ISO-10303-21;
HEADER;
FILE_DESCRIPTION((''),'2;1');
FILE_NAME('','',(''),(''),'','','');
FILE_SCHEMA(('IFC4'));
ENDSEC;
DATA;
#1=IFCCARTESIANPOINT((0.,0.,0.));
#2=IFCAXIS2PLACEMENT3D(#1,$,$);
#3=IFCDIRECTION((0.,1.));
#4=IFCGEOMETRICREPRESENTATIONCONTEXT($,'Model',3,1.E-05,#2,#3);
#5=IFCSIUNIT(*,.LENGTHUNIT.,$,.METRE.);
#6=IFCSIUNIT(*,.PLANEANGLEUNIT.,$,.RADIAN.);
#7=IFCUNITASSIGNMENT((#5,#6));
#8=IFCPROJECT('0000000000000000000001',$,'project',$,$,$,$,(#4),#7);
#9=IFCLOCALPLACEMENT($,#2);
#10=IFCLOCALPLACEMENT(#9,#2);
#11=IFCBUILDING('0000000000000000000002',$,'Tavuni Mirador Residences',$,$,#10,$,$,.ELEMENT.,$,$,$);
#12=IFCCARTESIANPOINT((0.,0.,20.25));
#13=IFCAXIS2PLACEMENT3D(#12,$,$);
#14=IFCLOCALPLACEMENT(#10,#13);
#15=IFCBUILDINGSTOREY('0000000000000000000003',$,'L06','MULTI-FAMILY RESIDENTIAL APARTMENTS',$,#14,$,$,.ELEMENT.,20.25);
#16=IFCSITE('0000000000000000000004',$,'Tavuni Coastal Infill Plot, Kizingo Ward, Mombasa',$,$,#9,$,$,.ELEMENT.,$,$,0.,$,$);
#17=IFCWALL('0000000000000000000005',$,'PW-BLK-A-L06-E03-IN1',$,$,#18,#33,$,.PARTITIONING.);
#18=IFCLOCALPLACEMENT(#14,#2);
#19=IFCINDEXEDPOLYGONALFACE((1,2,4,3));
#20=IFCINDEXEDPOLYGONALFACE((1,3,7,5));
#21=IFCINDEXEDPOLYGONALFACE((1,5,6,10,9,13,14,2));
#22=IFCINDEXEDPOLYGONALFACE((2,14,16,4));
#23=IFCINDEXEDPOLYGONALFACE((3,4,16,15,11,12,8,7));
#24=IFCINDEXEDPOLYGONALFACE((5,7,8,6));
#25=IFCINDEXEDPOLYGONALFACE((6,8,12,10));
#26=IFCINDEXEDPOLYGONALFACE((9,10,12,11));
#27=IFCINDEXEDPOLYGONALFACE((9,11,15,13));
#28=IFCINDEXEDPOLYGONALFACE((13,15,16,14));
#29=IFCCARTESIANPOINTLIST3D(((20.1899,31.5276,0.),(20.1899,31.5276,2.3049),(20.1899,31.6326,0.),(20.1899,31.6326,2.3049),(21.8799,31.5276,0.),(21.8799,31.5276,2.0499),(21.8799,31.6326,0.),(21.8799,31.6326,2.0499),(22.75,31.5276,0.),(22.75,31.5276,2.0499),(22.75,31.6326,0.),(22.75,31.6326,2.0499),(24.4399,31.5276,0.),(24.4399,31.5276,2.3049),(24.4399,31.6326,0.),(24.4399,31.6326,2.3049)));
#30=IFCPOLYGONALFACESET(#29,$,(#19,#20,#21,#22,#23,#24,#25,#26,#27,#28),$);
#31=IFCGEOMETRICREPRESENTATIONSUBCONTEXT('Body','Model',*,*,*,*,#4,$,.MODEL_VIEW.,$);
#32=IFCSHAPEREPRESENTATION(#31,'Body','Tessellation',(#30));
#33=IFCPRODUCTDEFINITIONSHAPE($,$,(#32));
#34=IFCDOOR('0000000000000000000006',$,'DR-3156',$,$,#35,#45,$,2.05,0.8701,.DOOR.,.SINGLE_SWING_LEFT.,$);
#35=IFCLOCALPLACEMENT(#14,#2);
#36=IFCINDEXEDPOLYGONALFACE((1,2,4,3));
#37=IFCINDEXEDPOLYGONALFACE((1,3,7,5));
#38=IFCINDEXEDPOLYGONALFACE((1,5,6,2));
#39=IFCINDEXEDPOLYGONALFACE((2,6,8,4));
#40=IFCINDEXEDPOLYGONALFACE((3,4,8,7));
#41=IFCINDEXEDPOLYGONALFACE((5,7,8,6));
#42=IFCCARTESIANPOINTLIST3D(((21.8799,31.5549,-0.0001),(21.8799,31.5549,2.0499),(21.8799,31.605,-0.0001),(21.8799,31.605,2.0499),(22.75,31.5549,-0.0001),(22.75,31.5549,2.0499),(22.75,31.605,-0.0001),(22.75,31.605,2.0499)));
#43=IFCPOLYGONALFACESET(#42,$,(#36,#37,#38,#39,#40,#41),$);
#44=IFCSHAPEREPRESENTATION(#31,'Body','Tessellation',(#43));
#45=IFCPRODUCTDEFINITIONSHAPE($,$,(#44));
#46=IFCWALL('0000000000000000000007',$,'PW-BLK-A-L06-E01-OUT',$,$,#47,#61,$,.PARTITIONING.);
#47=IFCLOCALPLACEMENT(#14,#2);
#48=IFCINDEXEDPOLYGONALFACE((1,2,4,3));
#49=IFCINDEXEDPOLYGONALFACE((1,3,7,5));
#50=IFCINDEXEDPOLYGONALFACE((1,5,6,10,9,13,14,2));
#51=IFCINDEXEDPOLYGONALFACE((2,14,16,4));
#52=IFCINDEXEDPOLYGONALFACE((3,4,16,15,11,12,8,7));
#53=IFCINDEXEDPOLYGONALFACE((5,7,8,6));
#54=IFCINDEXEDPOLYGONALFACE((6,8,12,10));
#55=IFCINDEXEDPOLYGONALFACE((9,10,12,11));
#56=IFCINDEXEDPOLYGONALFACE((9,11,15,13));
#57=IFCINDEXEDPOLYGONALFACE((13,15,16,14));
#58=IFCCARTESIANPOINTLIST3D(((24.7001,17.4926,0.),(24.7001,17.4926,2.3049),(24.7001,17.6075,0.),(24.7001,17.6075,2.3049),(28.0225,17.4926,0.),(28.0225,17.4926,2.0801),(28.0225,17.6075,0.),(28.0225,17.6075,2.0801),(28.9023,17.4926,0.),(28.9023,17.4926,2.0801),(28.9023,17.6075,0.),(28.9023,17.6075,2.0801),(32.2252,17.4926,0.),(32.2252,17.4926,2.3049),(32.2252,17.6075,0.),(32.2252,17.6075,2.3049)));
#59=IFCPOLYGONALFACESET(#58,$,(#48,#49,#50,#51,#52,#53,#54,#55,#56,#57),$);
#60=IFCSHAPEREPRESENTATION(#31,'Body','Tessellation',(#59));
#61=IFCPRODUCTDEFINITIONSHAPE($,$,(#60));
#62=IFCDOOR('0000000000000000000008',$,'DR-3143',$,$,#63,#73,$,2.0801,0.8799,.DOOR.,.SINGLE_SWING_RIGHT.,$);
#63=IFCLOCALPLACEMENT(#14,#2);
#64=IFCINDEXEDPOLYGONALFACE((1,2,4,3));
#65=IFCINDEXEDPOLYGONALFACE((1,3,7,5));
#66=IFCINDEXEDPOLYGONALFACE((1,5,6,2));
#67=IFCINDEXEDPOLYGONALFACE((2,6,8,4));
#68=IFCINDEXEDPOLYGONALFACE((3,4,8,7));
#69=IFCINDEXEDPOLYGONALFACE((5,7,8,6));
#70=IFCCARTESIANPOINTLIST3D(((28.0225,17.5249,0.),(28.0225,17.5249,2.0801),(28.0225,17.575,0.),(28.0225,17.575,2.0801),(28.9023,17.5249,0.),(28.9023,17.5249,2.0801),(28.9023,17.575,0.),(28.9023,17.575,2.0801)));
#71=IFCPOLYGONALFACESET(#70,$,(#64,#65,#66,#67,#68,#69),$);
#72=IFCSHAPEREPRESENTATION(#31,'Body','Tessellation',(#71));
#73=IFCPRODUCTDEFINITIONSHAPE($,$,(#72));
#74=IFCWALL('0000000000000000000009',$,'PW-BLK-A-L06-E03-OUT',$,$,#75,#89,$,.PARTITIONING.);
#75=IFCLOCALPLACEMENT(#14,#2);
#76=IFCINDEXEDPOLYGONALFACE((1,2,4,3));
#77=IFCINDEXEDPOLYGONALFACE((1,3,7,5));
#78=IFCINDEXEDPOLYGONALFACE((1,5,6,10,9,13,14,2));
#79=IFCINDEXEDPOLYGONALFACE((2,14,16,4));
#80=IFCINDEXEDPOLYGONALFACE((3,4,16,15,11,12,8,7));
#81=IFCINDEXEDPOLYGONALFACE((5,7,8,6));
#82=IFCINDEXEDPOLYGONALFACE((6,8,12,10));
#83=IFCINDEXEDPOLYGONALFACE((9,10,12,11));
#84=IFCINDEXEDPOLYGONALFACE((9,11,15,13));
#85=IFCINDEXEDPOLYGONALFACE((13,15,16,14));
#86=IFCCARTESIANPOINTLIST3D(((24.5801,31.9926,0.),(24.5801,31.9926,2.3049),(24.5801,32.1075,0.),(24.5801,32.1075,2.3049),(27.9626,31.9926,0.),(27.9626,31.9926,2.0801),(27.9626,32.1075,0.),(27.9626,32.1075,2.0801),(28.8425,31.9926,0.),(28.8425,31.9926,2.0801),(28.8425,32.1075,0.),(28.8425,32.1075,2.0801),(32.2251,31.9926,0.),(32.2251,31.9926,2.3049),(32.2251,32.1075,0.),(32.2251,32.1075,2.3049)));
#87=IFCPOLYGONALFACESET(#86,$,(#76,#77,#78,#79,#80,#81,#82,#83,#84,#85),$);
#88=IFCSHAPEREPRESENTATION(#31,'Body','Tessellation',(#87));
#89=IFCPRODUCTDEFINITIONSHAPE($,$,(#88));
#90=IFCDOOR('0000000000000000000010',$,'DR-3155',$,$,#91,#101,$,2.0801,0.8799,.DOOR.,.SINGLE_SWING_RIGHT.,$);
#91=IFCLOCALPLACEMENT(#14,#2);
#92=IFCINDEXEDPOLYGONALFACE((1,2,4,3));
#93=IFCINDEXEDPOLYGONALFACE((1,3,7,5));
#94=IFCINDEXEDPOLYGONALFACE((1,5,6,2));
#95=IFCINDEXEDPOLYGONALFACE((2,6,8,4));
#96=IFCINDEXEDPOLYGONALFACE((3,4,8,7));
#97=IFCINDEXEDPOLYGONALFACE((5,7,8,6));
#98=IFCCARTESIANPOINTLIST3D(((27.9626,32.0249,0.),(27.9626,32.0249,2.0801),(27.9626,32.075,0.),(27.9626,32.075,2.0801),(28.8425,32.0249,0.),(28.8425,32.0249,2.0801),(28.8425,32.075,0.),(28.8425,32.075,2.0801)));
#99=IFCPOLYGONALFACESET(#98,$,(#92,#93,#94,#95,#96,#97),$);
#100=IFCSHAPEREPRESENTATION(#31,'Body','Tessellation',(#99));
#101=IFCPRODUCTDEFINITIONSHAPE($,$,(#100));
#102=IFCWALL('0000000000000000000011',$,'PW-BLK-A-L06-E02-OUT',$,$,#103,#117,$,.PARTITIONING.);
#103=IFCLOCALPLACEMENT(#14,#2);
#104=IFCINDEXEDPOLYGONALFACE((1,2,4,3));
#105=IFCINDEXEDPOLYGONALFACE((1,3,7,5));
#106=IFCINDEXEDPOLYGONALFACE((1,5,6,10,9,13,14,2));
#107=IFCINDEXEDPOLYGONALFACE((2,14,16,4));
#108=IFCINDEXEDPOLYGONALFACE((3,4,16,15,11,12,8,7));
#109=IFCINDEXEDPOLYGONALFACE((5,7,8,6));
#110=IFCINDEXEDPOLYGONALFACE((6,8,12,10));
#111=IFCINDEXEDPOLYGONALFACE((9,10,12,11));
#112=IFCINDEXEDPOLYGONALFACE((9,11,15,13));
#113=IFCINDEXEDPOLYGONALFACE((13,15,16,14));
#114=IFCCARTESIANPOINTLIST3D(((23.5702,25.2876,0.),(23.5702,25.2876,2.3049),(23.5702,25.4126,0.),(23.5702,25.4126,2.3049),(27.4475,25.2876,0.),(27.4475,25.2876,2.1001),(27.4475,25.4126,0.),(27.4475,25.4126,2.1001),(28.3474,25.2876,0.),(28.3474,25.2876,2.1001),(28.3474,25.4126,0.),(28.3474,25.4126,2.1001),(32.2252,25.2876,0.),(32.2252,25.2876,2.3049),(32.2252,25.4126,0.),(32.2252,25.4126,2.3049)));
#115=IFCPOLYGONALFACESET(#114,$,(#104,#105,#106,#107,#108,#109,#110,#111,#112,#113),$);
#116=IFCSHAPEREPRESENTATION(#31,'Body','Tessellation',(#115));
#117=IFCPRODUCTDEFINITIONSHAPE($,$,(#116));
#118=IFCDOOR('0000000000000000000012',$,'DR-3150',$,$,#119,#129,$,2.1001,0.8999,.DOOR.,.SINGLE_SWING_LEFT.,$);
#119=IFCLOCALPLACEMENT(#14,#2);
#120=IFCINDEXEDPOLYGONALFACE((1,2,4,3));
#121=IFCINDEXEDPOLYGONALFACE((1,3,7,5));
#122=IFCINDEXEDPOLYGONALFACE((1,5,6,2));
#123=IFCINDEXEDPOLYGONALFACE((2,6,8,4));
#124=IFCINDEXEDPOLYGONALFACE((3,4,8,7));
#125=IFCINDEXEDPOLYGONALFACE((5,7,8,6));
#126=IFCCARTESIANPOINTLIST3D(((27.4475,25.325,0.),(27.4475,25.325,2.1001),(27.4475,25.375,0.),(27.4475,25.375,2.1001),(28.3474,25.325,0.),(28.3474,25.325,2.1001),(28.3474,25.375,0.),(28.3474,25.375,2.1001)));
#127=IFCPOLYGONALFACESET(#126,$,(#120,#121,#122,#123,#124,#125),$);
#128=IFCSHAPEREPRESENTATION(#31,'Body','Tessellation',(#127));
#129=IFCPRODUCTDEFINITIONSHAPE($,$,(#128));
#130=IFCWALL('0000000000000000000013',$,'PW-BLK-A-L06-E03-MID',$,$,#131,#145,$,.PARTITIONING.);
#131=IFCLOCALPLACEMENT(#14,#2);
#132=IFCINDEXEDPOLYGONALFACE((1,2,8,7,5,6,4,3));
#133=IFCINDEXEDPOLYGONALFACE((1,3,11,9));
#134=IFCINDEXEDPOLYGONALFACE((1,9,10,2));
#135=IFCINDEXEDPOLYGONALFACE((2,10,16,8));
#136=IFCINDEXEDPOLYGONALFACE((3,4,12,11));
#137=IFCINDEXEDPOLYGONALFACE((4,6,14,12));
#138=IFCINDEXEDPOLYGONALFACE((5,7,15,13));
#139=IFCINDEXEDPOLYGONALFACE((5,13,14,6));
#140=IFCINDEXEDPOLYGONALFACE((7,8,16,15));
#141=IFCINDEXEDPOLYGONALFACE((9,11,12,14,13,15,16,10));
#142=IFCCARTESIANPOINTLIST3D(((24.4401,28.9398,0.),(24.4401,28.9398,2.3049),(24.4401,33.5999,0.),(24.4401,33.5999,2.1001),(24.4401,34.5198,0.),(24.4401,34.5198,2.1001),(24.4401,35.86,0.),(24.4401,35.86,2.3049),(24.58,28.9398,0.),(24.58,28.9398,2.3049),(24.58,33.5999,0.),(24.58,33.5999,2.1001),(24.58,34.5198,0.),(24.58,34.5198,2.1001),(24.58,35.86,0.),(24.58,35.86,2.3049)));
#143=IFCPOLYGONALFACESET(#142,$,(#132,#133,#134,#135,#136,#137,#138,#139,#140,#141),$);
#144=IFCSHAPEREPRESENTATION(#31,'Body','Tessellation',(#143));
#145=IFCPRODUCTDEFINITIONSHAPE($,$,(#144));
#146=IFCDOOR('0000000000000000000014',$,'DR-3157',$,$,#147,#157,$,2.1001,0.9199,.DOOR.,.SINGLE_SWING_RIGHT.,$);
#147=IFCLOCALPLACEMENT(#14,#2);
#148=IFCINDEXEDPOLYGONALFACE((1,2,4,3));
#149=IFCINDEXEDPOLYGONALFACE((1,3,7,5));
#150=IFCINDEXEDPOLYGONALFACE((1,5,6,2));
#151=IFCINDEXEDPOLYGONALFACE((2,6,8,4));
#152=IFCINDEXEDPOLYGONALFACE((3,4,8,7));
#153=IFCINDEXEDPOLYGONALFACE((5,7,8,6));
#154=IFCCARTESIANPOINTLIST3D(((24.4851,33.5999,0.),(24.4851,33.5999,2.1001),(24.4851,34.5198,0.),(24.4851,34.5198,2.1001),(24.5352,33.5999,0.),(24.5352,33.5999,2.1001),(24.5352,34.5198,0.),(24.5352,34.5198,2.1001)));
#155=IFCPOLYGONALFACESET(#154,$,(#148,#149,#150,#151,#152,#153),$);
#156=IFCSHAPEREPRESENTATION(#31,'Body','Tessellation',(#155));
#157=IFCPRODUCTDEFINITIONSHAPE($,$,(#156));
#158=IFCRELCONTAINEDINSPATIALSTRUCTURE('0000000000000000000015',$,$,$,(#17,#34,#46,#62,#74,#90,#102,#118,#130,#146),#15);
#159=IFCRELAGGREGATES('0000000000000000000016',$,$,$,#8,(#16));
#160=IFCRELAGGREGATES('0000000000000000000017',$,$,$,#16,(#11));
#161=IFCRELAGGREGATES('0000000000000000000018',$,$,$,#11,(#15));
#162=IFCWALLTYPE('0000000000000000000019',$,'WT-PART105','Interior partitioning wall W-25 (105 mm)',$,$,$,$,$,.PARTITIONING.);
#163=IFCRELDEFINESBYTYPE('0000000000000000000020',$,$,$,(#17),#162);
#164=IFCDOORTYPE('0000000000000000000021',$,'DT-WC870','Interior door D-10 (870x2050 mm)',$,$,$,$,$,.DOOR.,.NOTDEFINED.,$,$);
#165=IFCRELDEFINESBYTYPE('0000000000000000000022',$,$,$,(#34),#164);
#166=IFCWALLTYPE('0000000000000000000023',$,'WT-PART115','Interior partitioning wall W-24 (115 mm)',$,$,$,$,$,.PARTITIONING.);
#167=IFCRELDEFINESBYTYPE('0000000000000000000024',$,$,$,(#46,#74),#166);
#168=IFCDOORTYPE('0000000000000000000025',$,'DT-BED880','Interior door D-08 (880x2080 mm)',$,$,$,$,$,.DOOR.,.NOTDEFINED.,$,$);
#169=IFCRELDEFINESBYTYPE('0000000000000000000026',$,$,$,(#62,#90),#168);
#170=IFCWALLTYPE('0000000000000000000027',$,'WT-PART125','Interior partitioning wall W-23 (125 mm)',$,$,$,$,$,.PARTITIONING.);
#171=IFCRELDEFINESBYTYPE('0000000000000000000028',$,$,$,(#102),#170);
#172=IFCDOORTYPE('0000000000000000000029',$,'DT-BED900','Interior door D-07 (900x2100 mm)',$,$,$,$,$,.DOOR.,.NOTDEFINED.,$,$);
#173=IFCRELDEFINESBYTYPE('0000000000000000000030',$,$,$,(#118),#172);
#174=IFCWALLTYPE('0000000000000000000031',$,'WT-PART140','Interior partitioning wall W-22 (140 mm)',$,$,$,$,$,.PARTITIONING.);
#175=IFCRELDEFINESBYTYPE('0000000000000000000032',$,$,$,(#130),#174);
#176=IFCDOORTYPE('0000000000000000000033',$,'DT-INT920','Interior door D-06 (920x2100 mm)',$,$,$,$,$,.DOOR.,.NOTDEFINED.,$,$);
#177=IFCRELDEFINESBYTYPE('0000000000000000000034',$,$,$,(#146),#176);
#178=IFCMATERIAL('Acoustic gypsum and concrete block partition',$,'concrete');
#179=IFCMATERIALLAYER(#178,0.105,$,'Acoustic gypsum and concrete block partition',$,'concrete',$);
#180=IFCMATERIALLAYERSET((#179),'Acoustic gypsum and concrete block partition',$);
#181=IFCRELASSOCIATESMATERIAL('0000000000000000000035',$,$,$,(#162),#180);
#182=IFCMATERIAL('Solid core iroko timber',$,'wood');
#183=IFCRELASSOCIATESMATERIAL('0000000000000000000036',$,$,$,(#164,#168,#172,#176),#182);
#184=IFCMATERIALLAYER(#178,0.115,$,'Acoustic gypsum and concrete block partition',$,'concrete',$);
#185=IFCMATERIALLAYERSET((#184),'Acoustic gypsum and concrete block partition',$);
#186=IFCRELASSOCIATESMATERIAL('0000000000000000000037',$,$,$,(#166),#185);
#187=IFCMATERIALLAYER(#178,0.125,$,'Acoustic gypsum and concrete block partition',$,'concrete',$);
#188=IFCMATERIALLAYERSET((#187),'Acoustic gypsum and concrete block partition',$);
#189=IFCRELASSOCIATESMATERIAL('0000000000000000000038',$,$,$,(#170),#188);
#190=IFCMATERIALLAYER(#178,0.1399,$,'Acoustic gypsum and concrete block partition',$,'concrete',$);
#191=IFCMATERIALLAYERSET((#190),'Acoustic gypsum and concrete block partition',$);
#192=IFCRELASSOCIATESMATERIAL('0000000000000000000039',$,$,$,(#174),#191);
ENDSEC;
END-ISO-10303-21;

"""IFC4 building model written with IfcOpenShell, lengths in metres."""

from ifc_helpers import new_model, si_unit, direction, frame, frame_2d, origin, place, context, subcontext, project, spatial, rectangle, extrude, material, layer, layer_set, type_object, element, fill, save


model = new_model("IFC4")

# Units and contexts
model_context = context("Model", 3, precision=1e-05, world=origin(), true_north=direction((0.0, 1.0)))
body_context = subcontext(model_context, "Body", "Model", "MODEL_VIEW")
ifc_project = project(units=[si_unit("LENGTHUNIT", "METRE"), si_unit("PLANEANGLEUNIT", "RADIAN")], contexts=[model_context])

# Site, building, storey
site_placement = place(None, origin())
site = spatial("IfcSite", under=ifc_project, at=site_placement, Name="Tavuni Coastal Infill Plot, Kizingo Ward, Mombasa", CompositionType="ELEMENT", RefElevation=0.0)
building_placement = place(site_placement, origin())
building = spatial("IfcBuilding", under=site, at=building_placement, Name="Tavuni Mirador Residences", CompositionType="ELEMENT")
storey_placement = place(building_placement, frame((0.0, 0.0, 20.25)))
storey = spatial("IfcBuildingStorey", under=building, at=storey_placement, Name="L06", Description="MULTI-FAMILY RESIDENTIAL APARTMENTS", CompositionType="ELEMENT", Elevation=20.25)

# Walls, openings, doors
ifc_material_1 = material(Name="Solid core iroko timber", Category="wood")
ifc_material_2 = material(Name="Acoustic gypsum and concrete block partition", Category="concrete")
ifc_layer_1 = layer(ifc_material_2, 0.105, Name="Acoustic gypsum and concrete block partition", Category="concrete")
ifc_layer_set_1 = layer_set([ifc_layer_1], Name="Acoustic gypsum and concrete block partition")
wall_type_1 = type_object("IfcWallType", Name="WT-PART105", Description="Interior partitioning wall W-25 (105 mm)", PredefinedType="PARTITIONING", material=ifc_layer_set_1)
wall_1_placement = place(storey_placement, frame((20.1899, 31.5801, 0.0), z_axis=(0.0, 0.0, 1.0), x_axis=(1.0, 0.0, 0.0)))
wall_1 = element("IfcWall", 1, at=wall_1_placement, inside=storey, type_object=wall_type_1, Name="PW-BLK-A-L06-E03-IN1", PredefinedType="PARTITIONING", context=body_context, shape_type="SweptSolid", body=[
    extrude(rectangle(XDim=4.25, YDim=0.105, at=frame_2d((2.125, 0.0))), origin(), (0.0, 0.0, 1.0), 2.3049),
])
opening_1_placement = place(wall_1_placement, frame((1.6899, 0.0, 0.0)))
opening_1 = element("IfcOpeningElement", 2, at=opening_1_placement, cuts=wall_1, PredefinedType="OPENING", context=body_context, shape_type="SweptSolid", body=[
    extrude(rectangle(XDim=0.8701, YDim=2.05, at=frame_2d((0.4351, 1.0249))), frame((0.0, 0.0625, 0.0), z_axis=(0.0, -1.0, 0.0), x_axis=(1.0, 0.0, 0.0)), (0.0, 0.0, 1.0), 0.125),
])
door_type_1 = type_object("IfcDoorType", Name="DT-WC870", Description="Interior door D-10 (870x2050 mm)", OperationType="NOTDEFINED", PredefinedType="DOOR", material=ifc_material_1)
door_1_placement = place(opening_1_placement, origin())
door_1 = element("IfcDoor", 3, at=door_1_placement, inside=storey, type_object=door_type_1, Name="DR-3156", OperationType="SINGLE_SWING_LEFT", OverallHeight=2.05, OverallWidth=0.8701, PredefinedType="DOOR", context=body_context, shape_type="SweptSolid", body=[
    extrude(rectangle(XDim=0.8701, YDim=2.05, at=frame_2d((0.4351, 1.0249))), frame((0.0, 0.0249, 0.0), z_axis=(0.0, -1.0, 0.0), x_axis=(1.0, 0.0, 0.0)), (0.0, 0.0, 1.0), 0.05),
])
fill(opening_1, door_1)
ifc_layer_2 = layer(ifc_material_2, 0.115, Name="Acoustic gypsum and concrete block partition", Category="concrete")
ifc_layer_set_2 = layer_set([ifc_layer_2], Name="Acoustic gypsum and concrete block partition")
wall_type_2 = type_object("IfcWallType", Name="WT-PART115", Description="Interior partitioning wall W-24 (115 mm)", PredefinedType="PARTITIONING", material=ifc_layer_set_2)
wall_2_placement = place(storey_placement, frame((24.7, 17.55, 0.0), z_axis=(0.0, 0.0, 1.0), x_axis=(1.0, 0.0, 0.0)))
wall_2 = element("IfcWall", 4, at=wall_2_placement, inside=storey, type_object=wall_type_2, Name="PW-BLK-A-L06-E01-OUT", PredefinedType="PARTITIONING", context=body_context, shape_type="SweptSolid", body=[
    extrude(rectangle(XDim=7.5251, YDim=0.115, at=frame_2d((3.7627, 0.0))), origin(), (0.0, 0.0, 1.0), 2.3049),
])
opening_2_placement = place(wall_2_placement, frame((3.3225, 0.0, 0.0)))
opening_2 = element("IfcOpeningElement", 5, at=opening_2_placement, cuts=wall_2, PredefinedType="OPENING", context=body_context, shape_type="SweptSolid", body=[
    extrude(rectangle(XDim=0.8799, YDim=2.0801, at=frame_2d((0.4399, 1.04))), frame((0.0, 0.0674, 0.0), z_axis=(0.0, -1.0, 0.0), x_axis=(1.0, 0.0, 0.0)), (0.0, 0.0, 1.0), 0.135),
])
door_type_2 = type_object("IfcDoorType", Name="DT-BED880", Description="Interior door D-08 (880x2080 mm)", OperationType="NOTDEFINED", PredefinedType="DOOR", material=ifc_material_1)
door_2_placement = place(opening_2_placement, origin())
door_2 = element("IfcDoor", 6, at=door_2_placement, inside=storey, type_object=door_type_2, Name="DR-3143", OperationType="SINGLE_SWING_RIGHT", OverallHeight=2.0801, OverallWidth=0.8799, PredefinedType="DOOR", context=body_context, shape_type="SweptSolid", body=[
    extrude(rectangle(XDim=0.8799, YDim=2.0801, at=frame_2d((0.4399, 1.04))), frame((0.0, 0.0249, 0.0), z_axis=(0.0, -1.0, 0.0), x_axis=(1.0, 0.0, 0.0)), (0.0, 0.0, 1.0), 0.05),
])
fill(opening_2, door_2)
wall_3_placement = place(storey_placement, frame((24.5801, 32.05, 0.0), z_axis=(0.0, 0.0, 1.0), x_axis=(1.0, 0.0, 0.0)))
wall_3 = element("IfcWall", 7, at=wall_3_placement, inside=storey, type_object=wall_type_2, Name="PW-BLK-A-L06-E03-OUT", PredefinedType="PARTITIONING", context=body_context, shape_type="SweptSolid", body=[
    extrude(rectangle(XDim=7.645, YDim=0.115, at=frame_2d((3.8225, 0.0))), origin(), (0.0, 0.0, 1.0), 2.3049),
])
opening_3_placement = place(wall_3_placement, frame((3.3826, 0.0, 0.0)))
opening_3 = element("IfcOpeningElement", 8, at=opening_3_placement, cuts=wall_3, PredefinedType="OPENING", context=body_context, shape_type="SweptSolid", body=[
    extrude(rectangle(XDim=0.8799, YDim=2.0801, at=frame_2d((0.4399, 1.04))), frame((0.0, 0.0674, 0.0), z_axis=(0.0, -1.0, 0.0), x_axis=(1.0, 0.0, 0.0)), (0.0, 0.0, 1.0), 0.135),
])
door_3_placement = place(opening_3_placement, origin())
door_3 = element("IfcDoor", 9, at=door_3_placement, inside=storey, type_object=door_type_2, Name="DR-3155", OperationType="SINGLE_SWING_RIGHT", OverallHeight=2.0801, OverallWidth=0.8799, PredefinedType="DOOR", context=body_context, shape_type="SweptSolid", body=[
    extrude(rectangle(XDim=0.8799, YDim=2.0801, at=frame_2d((0.4399, 1.04))), frame((0.0, 0.0249, 0.0), z_axis=(0.0, -1.0, 0.0), x_axis=(1.0, 0.0, 0.0)), (0.0, 0.0, 1.0), 0.05),
])
fill(opening_3, door_3)
ifc_layer_3 = layer(ifc_material_2, 0.125, Name="Acoustic gypsum and concrete block partition", Category="concrete")
ifc_layer_set_3 = layer_set([ifc_layer_3], Name="Acoustic gypsum and concrete block partition")
wall_type_3 = type_object("IfcWallType", Name="WT-PART125", Description="Interior partitioning wall W-23 (125 mm)", PredefinedType="PARTITIONING", material=ifc_layer_set_3)
wall_4_placement = place(storey_placement, frame((23.5701, 25.3501, 0.0), z_axis=(0.0, 0.0, 1.0), x_axis=(1.0, 0.0, 0.0)))
wall_4 = element("IfcWall", 10, at=wall_4_placement, inside=storey, type_object=wall_type_3, Name="PW-BLK-A-L06-E02-OUT", PredefinedType="PARTITIONING", context=body_context, shape_type="SweptSolid", body=[
    extrude(rectangle(XDim=8.655, YDim=0.125, at=frame_2d((4.3276, 0.0))), origin(), (0.0, 0.0, 1.0), 2.3049),
])
opening_4_placement = place(wall_4_placement, frame((3.8774, 0.0, 0.0)))
opening_4 = element("IfcOpeningElement", 11, at=opening_4_placement, cuts=wall_4, PredefinedType="OPENING", context=body_context, shape_type="SweptSolid", body=[
    extrude(rectangle(XDim=0.8999, YDim=2.1001, at=frame_2d((0.45, 1.05))), frame((0.0, 0.0725, 0.0), z_axis=(0.0, -1.0, 0.0), x_axis=(1.0, 0.0, 0.0)), (0.0, 0.0, 1.0), 0.145),
])
door_type_3 = type_object("IfcDoorType", Name="DT-BED900", Description="Interior door D-07 (900x2100 mm)", OperationType="NOTDEFINED", PredefinedType="DOOR", material=ifc_material_1)
door_4_placement = place(opening_4_placement, origin())
door_4 = element("IfcDoor", 12, at=door_4_placement, inside=storey, type_object=door_type_3, Name="DR-3150", OperationType="SINGLE_SWING_LEFT", OverallHeight=2.1001, OverallWidth=0.8999, PredefinedType="DOOR", context=body_context, shape_type="SweptSolid", body=[
    extrude(rectangle(XDim=0.8999, YDim=2.1001, at=frame_2d((0.45, 1.05))), frame((0.0, 0.0249, 0.0), z_axis=(0.0, -1.0, 0.0), x_axis=(1.0, 0.0, 0.0)), (0.0, 0.0, 1.0), 0.05),
])
fill(opening_4, door_4)
ifc_layer_4 = layer(ifc_material_2, 0.1399, Name="Acoustic gypsum and concrete block partition", Category="concrete")
ifc_layer_set_4 = layer_set([ifc_layer_4], Name="Acoustic gypsum and concrete block partition")
wall_type_4 = type_object("IfcWallType", Name="WT-PART140", Description="Interior partitioning wall W-22 (140 mm)", PredefinedType="PARTITIONING", material=ifc_layer_set_4)
wall_5_placement = place(storey_placement, frame((24.51, 28.9399, 0.0), z_axis=(0.0, 0.0, 1.0), x_axis=(0.0, 1.0, 0.0)))
wall_5 = element("IfcWall", 13, at=wall_5_placement, inside=storey, type_object=wall_type_4, Name="PW-BLK-A-L06-E03-MID", PredefinedType="PARTITIONING", context=body_context, shape_type="SweptSolid", body=[
    extrude(rectangle(XDim=6.9202, YDim=0.1399, at=frame_2d((3.46, 0.0))), origin(), (0.0, 0.0, 1.0), 2.3049),
])
opening_5_placement = place(wall_5_placement, frame((4.6599, 0.0, 0.0)))
opening_5 = element("IfcOpeningElement", 14, at=opening_5_placement, cuts=wall_5, PredefinedType="OPENING", context=body_context, shape_type="SweptSolid", body=[
    extrude(rectangle(XDim=0.9199, YDim=2.1001, at=frame_2d((0.46, 1.05))), frame((0.0, 0.0801, 0.0), z_axis=(0.0, -1.0, 0.0), x_axis=(1.0, 0.0, 0.0)), (0.0, 0.0, 1.0), 0.1599),
])
door_type_4 = type_object("IfcDoorType", Name="DT-INT920", Description="Interior door D-06 (920x2100 mm)", OperationType="NOTDEFINED", PredefinedType="DOOR", material=ifc_material_1)
door_5_placement = place(opening_5_placement, origin())
door_5 = element("IfcDoor", 15, at=door_5_placement, inside=storey, type_object=door_type_4, Name="DR-3157", OperationType="SINGLE_SWING_RIGHT", OverallHeight=2.1001, OverallWidth=0.9199, PredefinedType="DOOR", context=body_context, shape_type="SweptSolid", body=[
    extrude(rectangle(XDim=0.9199, YDim=2.1001, at=frame_2d((0.46, 1.05))), frame((0.0, 0.0249, 0.0), z_axis=(0.0, -1.0, 0.0), x_axis=(1.0, 0.0, 0.0)), (0.0, 0.0, 1.0), 0.05),
])
fill(opening_5, door_5)

save(model, "model.ifc")
